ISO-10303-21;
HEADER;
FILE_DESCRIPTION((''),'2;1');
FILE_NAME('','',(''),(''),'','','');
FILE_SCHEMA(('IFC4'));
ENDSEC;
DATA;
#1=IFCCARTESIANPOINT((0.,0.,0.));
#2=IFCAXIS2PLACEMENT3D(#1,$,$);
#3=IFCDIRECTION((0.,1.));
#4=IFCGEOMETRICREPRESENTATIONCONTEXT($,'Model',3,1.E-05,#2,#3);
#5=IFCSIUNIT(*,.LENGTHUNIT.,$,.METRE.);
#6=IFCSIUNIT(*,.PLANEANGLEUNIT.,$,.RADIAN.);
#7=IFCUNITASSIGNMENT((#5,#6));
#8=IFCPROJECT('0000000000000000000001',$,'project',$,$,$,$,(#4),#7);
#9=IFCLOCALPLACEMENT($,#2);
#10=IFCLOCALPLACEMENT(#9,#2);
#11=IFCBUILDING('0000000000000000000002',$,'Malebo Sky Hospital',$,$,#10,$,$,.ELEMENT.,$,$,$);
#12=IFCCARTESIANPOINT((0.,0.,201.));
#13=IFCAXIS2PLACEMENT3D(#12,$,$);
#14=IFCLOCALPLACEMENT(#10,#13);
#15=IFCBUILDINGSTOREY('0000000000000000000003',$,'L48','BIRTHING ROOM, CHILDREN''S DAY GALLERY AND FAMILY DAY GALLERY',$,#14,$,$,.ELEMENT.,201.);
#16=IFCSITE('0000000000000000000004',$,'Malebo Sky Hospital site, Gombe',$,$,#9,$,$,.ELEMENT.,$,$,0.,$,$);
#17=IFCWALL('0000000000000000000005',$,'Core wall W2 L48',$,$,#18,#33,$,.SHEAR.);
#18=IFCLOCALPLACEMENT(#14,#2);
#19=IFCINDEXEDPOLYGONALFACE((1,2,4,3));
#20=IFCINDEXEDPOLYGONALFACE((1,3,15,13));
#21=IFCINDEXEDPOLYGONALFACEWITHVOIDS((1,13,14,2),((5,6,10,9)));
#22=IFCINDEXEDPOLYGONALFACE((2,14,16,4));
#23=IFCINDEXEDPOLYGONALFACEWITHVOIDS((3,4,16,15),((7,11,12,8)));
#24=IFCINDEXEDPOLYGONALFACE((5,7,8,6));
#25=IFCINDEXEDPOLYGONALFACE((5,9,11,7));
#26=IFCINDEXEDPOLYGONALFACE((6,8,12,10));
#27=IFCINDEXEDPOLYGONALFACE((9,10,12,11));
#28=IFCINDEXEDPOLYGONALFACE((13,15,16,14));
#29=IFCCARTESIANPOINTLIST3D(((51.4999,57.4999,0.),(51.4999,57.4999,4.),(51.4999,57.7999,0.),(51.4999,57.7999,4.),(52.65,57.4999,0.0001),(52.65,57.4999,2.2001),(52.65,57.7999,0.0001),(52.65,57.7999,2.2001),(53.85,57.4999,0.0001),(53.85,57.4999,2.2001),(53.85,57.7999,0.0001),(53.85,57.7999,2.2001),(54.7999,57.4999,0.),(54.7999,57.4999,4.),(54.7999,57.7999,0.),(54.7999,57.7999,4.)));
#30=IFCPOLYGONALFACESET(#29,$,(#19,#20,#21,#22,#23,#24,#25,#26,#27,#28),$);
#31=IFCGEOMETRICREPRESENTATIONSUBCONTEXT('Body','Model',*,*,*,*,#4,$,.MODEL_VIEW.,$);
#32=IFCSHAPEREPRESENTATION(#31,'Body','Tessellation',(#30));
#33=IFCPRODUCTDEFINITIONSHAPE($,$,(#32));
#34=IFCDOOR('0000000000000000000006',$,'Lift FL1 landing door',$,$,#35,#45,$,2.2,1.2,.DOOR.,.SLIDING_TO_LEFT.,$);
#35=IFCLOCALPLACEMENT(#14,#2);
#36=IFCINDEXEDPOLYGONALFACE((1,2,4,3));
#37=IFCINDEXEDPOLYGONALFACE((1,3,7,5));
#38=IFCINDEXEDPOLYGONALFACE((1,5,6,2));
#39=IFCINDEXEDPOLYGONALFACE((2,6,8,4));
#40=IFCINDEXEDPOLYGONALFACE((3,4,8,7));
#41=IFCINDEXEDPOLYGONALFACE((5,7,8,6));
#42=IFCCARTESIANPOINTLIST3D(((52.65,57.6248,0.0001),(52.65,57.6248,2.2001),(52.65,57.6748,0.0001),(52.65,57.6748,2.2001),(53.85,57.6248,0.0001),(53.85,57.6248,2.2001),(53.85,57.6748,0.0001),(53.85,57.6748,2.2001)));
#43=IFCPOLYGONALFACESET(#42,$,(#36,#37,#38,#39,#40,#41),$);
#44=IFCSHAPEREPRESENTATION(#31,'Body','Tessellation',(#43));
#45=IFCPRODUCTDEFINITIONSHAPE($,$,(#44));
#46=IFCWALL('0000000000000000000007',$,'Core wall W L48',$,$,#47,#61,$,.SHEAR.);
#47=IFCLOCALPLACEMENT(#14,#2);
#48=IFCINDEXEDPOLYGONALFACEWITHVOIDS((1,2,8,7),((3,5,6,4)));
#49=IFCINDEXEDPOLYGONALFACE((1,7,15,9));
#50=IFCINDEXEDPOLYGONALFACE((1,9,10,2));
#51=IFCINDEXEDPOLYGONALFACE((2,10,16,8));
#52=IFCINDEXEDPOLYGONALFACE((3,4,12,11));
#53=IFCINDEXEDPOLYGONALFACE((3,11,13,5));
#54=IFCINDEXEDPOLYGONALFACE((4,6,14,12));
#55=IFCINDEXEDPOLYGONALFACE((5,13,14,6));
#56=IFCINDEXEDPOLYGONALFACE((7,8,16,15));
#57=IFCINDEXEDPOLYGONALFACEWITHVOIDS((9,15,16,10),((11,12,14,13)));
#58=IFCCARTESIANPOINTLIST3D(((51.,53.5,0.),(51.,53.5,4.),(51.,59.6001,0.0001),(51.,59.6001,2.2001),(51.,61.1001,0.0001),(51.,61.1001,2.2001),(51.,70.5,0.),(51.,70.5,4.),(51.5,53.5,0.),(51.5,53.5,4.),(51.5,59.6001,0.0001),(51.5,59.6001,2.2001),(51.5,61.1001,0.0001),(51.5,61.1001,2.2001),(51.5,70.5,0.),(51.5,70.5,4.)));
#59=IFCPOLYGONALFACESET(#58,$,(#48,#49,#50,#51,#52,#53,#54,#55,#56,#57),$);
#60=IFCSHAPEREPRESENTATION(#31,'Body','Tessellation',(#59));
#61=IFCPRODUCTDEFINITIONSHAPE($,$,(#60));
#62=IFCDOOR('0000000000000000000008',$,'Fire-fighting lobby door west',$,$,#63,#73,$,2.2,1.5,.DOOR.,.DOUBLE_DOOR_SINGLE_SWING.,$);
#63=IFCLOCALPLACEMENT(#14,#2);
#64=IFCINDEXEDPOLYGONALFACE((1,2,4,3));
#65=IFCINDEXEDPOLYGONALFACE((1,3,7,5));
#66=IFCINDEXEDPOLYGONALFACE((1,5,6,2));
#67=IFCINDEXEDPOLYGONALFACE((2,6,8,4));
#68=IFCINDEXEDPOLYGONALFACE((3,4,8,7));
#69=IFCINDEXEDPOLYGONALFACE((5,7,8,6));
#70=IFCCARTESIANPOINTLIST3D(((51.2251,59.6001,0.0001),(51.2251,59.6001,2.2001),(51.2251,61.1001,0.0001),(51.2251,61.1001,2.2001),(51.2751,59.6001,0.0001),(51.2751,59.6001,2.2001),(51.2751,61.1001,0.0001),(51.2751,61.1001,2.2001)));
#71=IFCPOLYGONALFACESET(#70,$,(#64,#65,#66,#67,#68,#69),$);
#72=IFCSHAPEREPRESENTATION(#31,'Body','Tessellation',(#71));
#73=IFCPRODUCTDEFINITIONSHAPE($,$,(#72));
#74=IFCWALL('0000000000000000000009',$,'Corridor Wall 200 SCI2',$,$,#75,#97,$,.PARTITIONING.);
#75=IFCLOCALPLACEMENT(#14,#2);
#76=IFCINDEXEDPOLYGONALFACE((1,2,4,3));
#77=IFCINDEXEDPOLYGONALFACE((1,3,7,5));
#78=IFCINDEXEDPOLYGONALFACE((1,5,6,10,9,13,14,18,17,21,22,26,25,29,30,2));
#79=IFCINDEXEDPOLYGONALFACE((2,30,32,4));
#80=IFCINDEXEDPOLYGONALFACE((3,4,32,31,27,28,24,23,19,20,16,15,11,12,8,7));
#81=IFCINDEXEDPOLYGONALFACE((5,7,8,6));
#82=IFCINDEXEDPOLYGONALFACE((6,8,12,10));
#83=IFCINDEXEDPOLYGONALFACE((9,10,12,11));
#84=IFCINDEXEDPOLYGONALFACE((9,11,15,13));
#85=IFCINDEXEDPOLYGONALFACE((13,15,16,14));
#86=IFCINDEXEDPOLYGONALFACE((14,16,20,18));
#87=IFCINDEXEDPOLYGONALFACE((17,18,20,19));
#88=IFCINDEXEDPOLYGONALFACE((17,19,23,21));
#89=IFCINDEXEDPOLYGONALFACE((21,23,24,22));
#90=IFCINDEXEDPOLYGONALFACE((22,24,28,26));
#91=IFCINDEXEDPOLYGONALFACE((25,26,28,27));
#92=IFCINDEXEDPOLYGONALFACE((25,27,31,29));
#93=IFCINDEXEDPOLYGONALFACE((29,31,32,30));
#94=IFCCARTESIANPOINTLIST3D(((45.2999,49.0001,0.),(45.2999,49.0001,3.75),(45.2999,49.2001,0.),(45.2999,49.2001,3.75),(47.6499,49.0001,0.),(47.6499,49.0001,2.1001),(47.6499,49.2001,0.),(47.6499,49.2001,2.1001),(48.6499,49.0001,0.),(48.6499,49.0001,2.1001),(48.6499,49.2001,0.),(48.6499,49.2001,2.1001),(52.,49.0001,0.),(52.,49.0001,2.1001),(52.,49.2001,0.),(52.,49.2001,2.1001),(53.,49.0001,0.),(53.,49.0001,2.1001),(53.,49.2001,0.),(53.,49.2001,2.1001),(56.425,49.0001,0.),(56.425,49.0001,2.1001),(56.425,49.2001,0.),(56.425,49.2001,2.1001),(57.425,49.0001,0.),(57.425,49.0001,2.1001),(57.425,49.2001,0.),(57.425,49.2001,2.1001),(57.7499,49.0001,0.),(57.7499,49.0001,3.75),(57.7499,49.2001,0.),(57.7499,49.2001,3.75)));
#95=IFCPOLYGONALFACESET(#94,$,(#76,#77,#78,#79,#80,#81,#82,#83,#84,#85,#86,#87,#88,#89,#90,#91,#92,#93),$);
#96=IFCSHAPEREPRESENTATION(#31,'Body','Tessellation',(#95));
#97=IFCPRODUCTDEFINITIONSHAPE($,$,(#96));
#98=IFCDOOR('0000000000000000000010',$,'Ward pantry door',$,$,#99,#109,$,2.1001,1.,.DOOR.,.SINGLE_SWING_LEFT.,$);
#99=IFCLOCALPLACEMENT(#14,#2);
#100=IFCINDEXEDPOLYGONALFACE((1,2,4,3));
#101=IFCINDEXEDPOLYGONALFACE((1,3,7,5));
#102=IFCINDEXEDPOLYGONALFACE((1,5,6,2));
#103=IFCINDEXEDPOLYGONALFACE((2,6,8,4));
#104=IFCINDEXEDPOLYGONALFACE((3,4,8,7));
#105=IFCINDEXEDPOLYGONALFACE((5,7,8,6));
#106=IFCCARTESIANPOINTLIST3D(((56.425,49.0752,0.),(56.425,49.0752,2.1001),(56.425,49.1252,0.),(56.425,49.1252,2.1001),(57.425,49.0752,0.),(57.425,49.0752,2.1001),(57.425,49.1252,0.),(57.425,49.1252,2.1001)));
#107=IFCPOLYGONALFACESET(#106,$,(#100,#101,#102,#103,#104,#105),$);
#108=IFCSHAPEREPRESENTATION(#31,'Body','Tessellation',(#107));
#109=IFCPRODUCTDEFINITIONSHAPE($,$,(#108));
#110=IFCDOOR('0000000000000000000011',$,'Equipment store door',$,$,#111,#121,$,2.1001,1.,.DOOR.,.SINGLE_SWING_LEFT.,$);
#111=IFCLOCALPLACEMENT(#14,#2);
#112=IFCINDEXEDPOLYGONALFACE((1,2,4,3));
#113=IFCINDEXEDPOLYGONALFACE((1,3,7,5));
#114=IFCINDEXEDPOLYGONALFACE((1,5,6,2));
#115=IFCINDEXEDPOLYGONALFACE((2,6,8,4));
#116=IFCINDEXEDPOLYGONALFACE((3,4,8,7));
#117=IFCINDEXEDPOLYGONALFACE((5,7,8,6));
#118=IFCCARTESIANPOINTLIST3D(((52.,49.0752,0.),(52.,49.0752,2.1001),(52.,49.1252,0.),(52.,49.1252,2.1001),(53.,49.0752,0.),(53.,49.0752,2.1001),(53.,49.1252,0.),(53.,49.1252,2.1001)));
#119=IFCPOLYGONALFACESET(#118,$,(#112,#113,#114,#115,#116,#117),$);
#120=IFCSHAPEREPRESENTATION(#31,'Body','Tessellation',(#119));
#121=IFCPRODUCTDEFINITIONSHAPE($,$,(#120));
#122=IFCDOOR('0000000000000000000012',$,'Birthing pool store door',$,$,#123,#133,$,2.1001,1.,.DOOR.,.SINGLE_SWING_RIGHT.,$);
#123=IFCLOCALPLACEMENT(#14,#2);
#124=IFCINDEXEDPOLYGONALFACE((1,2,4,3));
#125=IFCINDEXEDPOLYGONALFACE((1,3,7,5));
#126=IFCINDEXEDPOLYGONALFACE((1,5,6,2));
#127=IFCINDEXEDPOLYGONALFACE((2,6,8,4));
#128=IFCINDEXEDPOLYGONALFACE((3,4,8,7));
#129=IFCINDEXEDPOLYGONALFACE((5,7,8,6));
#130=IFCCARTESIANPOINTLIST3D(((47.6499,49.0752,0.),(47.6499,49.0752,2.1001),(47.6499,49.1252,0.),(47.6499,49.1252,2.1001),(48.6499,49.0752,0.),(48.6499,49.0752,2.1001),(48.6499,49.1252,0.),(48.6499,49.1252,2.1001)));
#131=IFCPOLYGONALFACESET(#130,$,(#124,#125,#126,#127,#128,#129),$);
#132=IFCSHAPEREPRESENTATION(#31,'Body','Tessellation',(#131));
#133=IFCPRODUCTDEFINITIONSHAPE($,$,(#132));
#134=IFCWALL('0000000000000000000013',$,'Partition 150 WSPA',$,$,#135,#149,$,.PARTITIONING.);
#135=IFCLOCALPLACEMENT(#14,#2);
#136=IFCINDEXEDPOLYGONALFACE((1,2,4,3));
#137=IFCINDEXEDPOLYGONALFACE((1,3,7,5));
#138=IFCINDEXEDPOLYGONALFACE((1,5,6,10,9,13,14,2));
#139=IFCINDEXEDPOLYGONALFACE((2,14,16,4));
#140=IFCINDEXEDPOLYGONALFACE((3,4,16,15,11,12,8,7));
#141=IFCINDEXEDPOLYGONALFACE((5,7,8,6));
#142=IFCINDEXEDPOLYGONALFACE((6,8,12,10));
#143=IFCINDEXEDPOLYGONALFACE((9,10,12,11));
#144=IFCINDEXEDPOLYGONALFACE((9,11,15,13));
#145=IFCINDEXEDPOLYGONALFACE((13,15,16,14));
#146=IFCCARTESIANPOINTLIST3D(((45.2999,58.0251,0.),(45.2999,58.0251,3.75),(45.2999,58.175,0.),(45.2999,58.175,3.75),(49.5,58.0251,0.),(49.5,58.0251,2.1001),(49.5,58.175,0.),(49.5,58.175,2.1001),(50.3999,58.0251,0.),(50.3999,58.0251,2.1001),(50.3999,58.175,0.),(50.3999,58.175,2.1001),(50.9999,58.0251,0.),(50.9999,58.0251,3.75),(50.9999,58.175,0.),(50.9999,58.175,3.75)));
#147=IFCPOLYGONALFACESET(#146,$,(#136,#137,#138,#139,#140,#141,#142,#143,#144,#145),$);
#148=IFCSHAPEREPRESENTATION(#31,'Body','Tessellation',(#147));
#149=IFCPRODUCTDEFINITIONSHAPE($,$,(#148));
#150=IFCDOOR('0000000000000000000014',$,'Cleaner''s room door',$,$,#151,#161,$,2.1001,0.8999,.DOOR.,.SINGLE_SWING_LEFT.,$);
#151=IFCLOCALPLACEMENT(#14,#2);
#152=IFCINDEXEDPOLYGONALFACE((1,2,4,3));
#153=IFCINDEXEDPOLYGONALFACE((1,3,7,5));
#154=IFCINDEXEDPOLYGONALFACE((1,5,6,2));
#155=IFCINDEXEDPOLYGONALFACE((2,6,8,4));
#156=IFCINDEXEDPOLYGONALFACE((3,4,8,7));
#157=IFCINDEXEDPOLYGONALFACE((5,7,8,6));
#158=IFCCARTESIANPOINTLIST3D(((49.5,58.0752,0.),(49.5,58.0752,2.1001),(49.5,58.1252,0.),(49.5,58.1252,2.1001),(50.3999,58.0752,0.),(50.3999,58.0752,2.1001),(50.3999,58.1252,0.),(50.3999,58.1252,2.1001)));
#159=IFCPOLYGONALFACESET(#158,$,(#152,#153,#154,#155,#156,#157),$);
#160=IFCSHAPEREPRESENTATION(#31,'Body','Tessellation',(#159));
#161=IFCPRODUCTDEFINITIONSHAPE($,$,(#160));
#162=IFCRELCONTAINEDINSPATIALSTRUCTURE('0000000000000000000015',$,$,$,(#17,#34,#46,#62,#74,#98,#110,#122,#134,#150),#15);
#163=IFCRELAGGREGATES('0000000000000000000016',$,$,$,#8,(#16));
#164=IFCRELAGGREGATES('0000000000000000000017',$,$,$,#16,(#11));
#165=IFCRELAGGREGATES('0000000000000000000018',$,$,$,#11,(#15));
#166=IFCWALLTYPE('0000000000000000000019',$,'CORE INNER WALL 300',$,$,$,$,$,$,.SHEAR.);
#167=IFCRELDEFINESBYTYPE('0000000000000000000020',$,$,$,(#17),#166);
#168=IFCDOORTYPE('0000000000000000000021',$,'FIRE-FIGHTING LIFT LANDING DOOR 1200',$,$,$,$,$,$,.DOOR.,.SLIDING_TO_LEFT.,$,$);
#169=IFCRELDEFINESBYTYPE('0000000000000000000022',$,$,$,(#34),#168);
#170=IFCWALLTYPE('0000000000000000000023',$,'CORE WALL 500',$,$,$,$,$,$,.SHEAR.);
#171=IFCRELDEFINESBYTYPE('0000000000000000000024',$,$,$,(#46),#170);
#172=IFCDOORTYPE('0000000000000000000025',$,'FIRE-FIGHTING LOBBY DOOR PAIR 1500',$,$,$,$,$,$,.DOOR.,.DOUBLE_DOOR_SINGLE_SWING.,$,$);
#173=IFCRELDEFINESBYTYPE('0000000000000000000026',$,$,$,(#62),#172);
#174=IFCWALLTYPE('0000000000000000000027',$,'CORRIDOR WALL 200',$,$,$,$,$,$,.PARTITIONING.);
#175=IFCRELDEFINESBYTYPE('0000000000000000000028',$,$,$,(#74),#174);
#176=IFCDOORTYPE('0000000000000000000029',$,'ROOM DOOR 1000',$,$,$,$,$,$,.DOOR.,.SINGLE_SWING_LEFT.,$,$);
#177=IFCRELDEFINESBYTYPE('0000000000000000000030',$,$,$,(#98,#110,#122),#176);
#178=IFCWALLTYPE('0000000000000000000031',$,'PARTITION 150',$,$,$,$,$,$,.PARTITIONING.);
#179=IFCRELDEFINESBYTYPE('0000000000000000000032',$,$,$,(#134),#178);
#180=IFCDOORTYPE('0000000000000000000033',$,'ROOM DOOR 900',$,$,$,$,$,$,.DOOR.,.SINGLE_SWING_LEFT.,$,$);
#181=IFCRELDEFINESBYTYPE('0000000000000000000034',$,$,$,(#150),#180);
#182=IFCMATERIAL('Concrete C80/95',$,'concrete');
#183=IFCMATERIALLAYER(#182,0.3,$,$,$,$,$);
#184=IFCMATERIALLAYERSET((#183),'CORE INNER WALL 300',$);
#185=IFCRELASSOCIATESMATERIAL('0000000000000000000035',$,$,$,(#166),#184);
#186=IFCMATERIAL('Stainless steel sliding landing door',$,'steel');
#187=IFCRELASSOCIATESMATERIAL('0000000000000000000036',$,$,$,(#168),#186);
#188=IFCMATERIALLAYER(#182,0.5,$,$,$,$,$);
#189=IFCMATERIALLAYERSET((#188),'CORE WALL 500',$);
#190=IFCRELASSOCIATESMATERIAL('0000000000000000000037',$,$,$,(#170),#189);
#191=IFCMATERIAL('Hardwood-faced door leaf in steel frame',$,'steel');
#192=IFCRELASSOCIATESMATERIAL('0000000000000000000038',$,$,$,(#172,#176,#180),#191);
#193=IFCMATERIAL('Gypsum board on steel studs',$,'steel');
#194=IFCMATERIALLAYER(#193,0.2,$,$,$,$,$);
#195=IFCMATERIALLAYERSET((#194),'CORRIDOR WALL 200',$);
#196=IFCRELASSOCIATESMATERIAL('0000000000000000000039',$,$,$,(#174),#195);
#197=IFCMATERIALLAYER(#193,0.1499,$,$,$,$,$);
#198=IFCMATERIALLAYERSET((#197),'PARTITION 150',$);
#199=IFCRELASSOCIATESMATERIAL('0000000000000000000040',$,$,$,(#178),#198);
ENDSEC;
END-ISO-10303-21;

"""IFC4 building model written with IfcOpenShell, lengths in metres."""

from ifc_helpers import new_model, si_unit, direction, frame, frame_2d, origin, place, context, subcontext, project, spatial, rectangle, extrude, material, layer, layer_set, type_object, element, fill, save


model = new_model("IFC4")

# Units and contexts
model_context = context("Model", 3, precision=1e-05, world=origin(), true_north=direction((0.0, 1.0)))
body_context = subcontext(model_context, "Body", "Model", "MODEL_VIEW")
ifc_project = project(units=[si_unit("LENGTHUNIT", "METRE"), si_unit("PLANEANGLEUNIT", "RADIAN")], contexts=[model_context])

# Site, building, storey
site_placement = place(None, origin())
site = spatial("IfcSite", under=ifc_project, at=site_placement, Name="Malebo Sky Hospital site, Gombe", CompositionType="ELEMENT", RefElevation=0.0)
building_placement = place(site_placement, origin())
building = spatial("IfcBuilding", under=site, at=building_placement, Name="Malebo Sky Hospital", CompositionType="ELEMENT")
storey_placement = place(building_placement, frame((0.0, 0.0, 201.0)))
storey = spatial("IfcBuildingStorey", under=building, at=storey_placement, Name="L48", Description="BIRTHING ROOM, CHILDREN'S DAY GALLERY AND FAMILY DAY GALLERY", CompositionType="ELEMENT", Elevation=201.0)

# Shared definitions
ifc_material_1 = material(Name="Concrete C80/95", Category="concrete")
ifc_material_2 = material(Name="Hardwood-faced door leaf in steel frame", Category="steel")
ifc_material_3 = material(Name="Stainless steel sliding landing door", Category="steel")

# Shared definitions
ifc_layer_1 = layer(ifc_material_1, 0.3)
ifc_layer_set_1 = layer_set([ifc_layer_1], Name="CORE INNER WALL 300")
wall_type_1 = type_object("IfcWallType", Name="CORE INNER WALL 300", PredefinedType="SHEAR", material=ifc_layer_set_1)

# Walls, openings, doors
wall_1_placement = place(storey_placement, frame((51.5, 57.6499, 0.0), z_axis=(0.0, 0.0, 1.0), x_axis=(1.0, 0.0, 0.0)))
wall_1 = element("IfcWall", 1, at=wall_1_placement, inside=storey, type_object=wall_type_1, Name="Core wall W2 L48", PredefinedType="SHEAR", context=body_context, shape_type="SweptSolid", body=[
    extrude(rectangle(XDim=3.3, YDim=0.3, at=frame_2d((1.6499, 0.0))), origin(), (0.0, 0.0, 1.0), 4.0),
])
opening_1_placement = place(wall_1_placement, frame((1.1499, 0.0, 0.0)))
opening_1 = element("IfcOpeningElement", 2, at=opening_1_placement, cuts=wall_1, PredefinedType="OPENING", context=body_context, shape_type="SweptSolid", body=[
    extrude(rectangle(XDim=1.2, YDim=2.2, at=frame_2d((0.6001, 1.1001))), frame((0.0, 0.1599, 0.0), z_axis=(0.0, -1.0, 0.0), x_axis=(1.0, 0.0, 0.0)), (0.0, 0.0, 1.0), 0.3201),
])
door_type_1 = type_object("IfcDoorType", Name="FIRE-FIGHTING LIFT LANDING DOOR 1200", OperationType="SLIDING_TO_LEFT", PredefinedType="DOOR", material=ifc_material_3)
door_1_placement = place(opening_1_placement, origin())
door_1 = element("IfcDoor", 3, at=door_1_placement, inside=storey, type_object=door_type_1, Name="Lift FL1 landing door", OperationType="SLIDING_TO_LEFT", OverallHeight=2.2, OverallWidth=1.2, PredefinedType="DOOR", context=body_context, shape_type="SweptSolid", body=[
    extrude(rectangle(XDim=1.2, YDim=2.2, at=frame_2d((0.6001, 1.1001))), frame((0.0, 0.0249, 0.0), z_axis=(0.0, -1.0, 0.0), x_axis=(1.0, 0.0, 0.0)), (0.0, 0.0, 1.0), 0.05),
])
fill(opening_1, door_1)
ifc_layer_2 = layer(ifc_material_1, 0.5)
ifc_layer_set_2 = layer_set([ifc_layer_2], Name="CORE WALL 500")
wall_type_2 = type_object("IfcWallType", Name="CORE WALL 500", PredefinedType="SHEAR", material=ifc_layer_set_2)
wall_2_placement = place(storey_placement, frame((51.25, 53.5, 0.0), z_axis=(0.0, 0.0, 1.0), x_axis=(0.0, 1.0, 0.0)))
wall_2 = element("IfcWall", 4, at=wall_2_placement, inside=storey, type_object=wall_type_2, Name="Core wall W L48", PredefinedType="SHEAR", context=body_context, shape_type="SweptSolid", body=[
    extrude(rectangle(XDim=17.0, YDim=0.5, at=frame_2d((8.5, 0.0))), origin(), (0.0, 0.0, 1.0), 4.0),
])
opening_2_placement = place(wall_2_placement, frame((6.1001, 0.0, 0.0)))
opening_2 = element("IfcOpeningElement", 5, at=opening_2_placement, cuts=wall_2, PredefinedType="OPENING", context=body_context, shape_type="SweptSolid", body=[
    extrude(rectangle(XDim=1.5, YDim=2.2, at=frame_2d((0.75, 1.1001))), frame((0.0, 0.26, 0.0), z_axis=(0.0, -1.0, 0.0), x_axis=(1.0, 0.0, 0.0)), (0.0, 0.0, 1.0), 0.52),
])
door_type_2 = type_object("IfcDoorType", Name="FIRE-FIGHTING LOBBY DOOR PAIR 1500", OperationType="DOUBLE_DOOR_SINGLE_SWING", PredefinedType="DOOR", material=ifc_material_2)
door_2_placement = place(opening_2_placement, origin())
door_2 = element("IfcDoor", 6, at=door_2_placement, inside=storey, type_object=door_type_2, Name="Fire-fighting lobby door west", OperationType="DOUBLE_DOOR_SINGLE_SWING", OverallHeight=2.2, OverallWidth=1.5, PredefinedType="DOOR", context=body_context, shape_type="SweptSolid", body=[
    extrude(rectangle(XDim=1.5, YDim=2.2, at=frame_2d((0.75, 1.1001))), frame((0.0, 0.0249, 0.0), z_axis=(0.0, -1.0, 0.0), x_axis=(1.0, 0.0, 0.0)), (0.0, 0.0, 1.0), 0.05),
])
fill(opening_2, door_2)

# Wall, openings, doors
ifc_material_4 = material(Name="Gypsum board on steel studs", Category="steel")
ifc_layer_3 = layer(ifc_material_4, 0.2)
ifc_layer_set_3 = layer_set([ifc_layer_3], Name="CORRIDOR WALL 200")
wall_type_3 = type_object("IfcWallType", Name="CORRIDOR WALL 200", PredefinedType="PARTITIONING", material=ifc_layer_set_3)
wall_3_placement = place(storey_placement, frame((57.75, 49.1001, 0.0), z_axis=(0.0, 0.0, 1.0), x_axis=(-1.0, 0.0, 0.0)))
wall_3 = element("IfcWall", 7, at=wall_3_placement, inside=storey, type_object=wall_type_3, Name="Corridor Wall 200 SCI2", PredefinedType="PARTITIONING", context=body_context, shape_type="SweptSolid", body=[
    extrude(rectangle(XDim=12.45, YDim=0.2, at=frame_2d((6.2251, 0.0))), origin(), (0.0, 0.0, 1.0), 3.75),
])
opening_3_placement = place(wall_3_placement, frame((0.325, 0.0, 0.0)))
opening_3 = element("IfcOpeningElement", 8, at=opening_3_placement, cuts=wall_3, PredefinedType="OPENING", context=body_context, shape_type="SweptSolid", body=[
    extrude(rectangle(XDim=1.0, YDim=2.1001, at=frame_2d((0.5, 1.05))), frame((0.0, 0.1099, 0.0), z_axis=(0.0, -1.0, 0.0), x_axis=(1.0, 0.0, 0.0)), (0.0, 0.0, 1.0), 0.22),
])
opening_4_placement = place(wall_3_placement, frame((4.75, 0.0, 0.0)))
opening_4 = element("IfcOpeningElement", 9, at=opening_4_placement, cuts=wall_3, PredefinedType="OPENING", context=body_context, shape_type="SweptSolid", body=[
    extrude(rectangle(XDim=1.0, YDim=2.1001, at=frame_2d((0.5, 1.05))), frame((0.0, 0.1099, 0.0), z_axis=(0.0, -1.0, 0.0), x_axis=(1.0, 0.0, 0.0)), (0.0, 0.0, 1.0), 0.22),
])
opening_5_placement = place(wall_3_placement, frame((9.1001, 0.0, 0.0)))
opening_5 = element("IfcOpeningElement", 10, at=opening_5_placement, cuts=wall_3, PredefinedType="OPENING", context=body_context, shape_type="SweptSolid", body=[
    extrude(rectangle(XDim=1.0, YDim=2.1001, at=frame_2d((0.5, 1.05))), frame((0.0, 0.1099, 0.0), z_axis=(0.0, -1.0, 0.0), x_axis=(1.0, 0.0, 0.0)), (0.0, 0.0, 1.0), 0.22),
])
door_type_3 = type_object("IfcDoorType", Name="ROOM DOOR 1000", OperationType="SINGLE_SWING_LEFT", PredefinedType="DOOR", material=ifc_material_2)
door_3_placement = place(opening_3_placement, origin())
door_3 = element("IfcDoor", 11, at=door_3_placement, inside=storey, type_object=door_type_3, Name="Ward pantry door", OperationType="SINGLE_SWING_LEFT", OverallHeight=2.1001, OverallWidth=1.0, PredefinedType="DOOR", context=body_context, shape_type="SweptSolid", body=[
    extrude(rectangle(XDim=1.0, YDim=2.1001, at=frame_2d((0.5, 1.05))), frame((0.0, 0.0249, 0.0), z_axis=(0.0, -1.0, 0.0), x_axis=(1.0, 0.0, 0.0)), (0.0, 0.0, 1.0), 0.05),
])
fill(opening_3, door_3)
door_4_placement = place(opening_4_placement, origin())
door_4 = element("IfcDoor", 12, at=door_4_placement, inside=storey, type_object=door_type_3, Name="Equipment store door", OperationType="SINGLE_SWING_LEFT", OverallHeight=2.1001, OverallWidth=1.0, PredefinedType="DOOR", context=body_context, shape_type="SweptSolid", body=[
    extrude(rectangle(XDim=1.0, YDim=2.1001, at=frame_2d((0.5, 1.05))), frame((0.0, 0.0249, 0.0), z_axis=(0.0, -1.0, 0.0), x_axis=(1.0, 0.0, 0.0)), (0.0, 0.0, 1.0), 0.05),
])
fill(opening_4, door_4)
door_5_placement = place(opening_5_placement, origin())
door_5 = element("IfcDoor", 13, at=door_5_placement, inside=storey, type_object=door_type_3, Name="Birthing pool store door", OperationType="SINGLE_SWING_RIGHT", OverallHeight=2.1001, OverallWidth=1.0, PredefinedType="DOOR", context=body_context, shape_type="SweptSolid", body=[
    extrude(rectangle(XDim=1.0, YDim=2.1001, at=frame_2d((0.5, 1.05))), frame((0.0, 0.0249, 0.0), z_axis=(0.0, -1.0, 0.0), x_axis=(1.0, 0.0, 0.0)), (0.0, 0.0, 1.0), 0.05),
])
fill(opening_5, door_5)

# Wall, opening, door
ifc_layer_4 = layer(ifc_material_4, 0.1499)
ifc_layer_set_4 = layer_set([ifc_layer_4], Name="PARTITION 150")
wall_type_4 = type_object("IfcWallType", Name="PARTITION 150", PredefinedType="PARTITIONING", material=ifc_layer_set_4)
wall_4_placement = place(storey_placement, frame((51.0, 58.1001, 0.0), z_axis=(0.0, 0.0, 1.0), x_axis=(-1.0, 0.0, 0.0)))
wall_4 = element("IfcWall", 14, at=wall_4_placement, inside=storey, type_object=wall_type_4, Name="Partition 150 WSPA", PredefinedType="PARTITIONING", context=body_context, shape_type="SweptSolid", body=[
    extrude(rectangle(XDim=5.7, YDim=0.1499, at=frame_2d((2.8501, 0.0))), origin(), (0.0, 0.0, 1.0), 3.75),
])
opening_6_placement = place(wall_4_placement, frame((0.6001, 0.0, 0.0)))
opening_6 = element("IfcOpeningElement", 15, at=opening_6_placement, cuts=wall_4, PredefinedType="OPENING", context=body_context, shape_type="SweptSolid", body=[
    extrude(rectangle(XDim=0.8999, YDim=2.1001, at=frame_2d((0.45, 1.05))), frame((0.0, 0.085, 0.0), z_axis=(0.0, -1.0, 0.0), x_axis=(1.0, 0.0, 0.0)), (0.0, 0.0, 1.0), 0.1699),
])
door_type_4 = type_object("IfcDoorType", Name="ROOM DOOR 900", OperationType="SINGLE_SWING_LEFT", PredefinedType="DOOR", material=ifc_material_2)
door_6_placement = place(opening_6_placement, origin())
door_6 = element("IfcDoor", 16, at=door_6_placement, inside=storey, type_object=door_type_4, Name="Cleaner's room door", OperationType="SINGLE_SWING_LEFT", OverallHeight=2.1001, OverallWidth=0.8999, PredefinedType="DOOR", context=body_context, shape_type="SweptSolid", body=[
    extrude(rectangle(XDim=0.8999, YDim=2.1001, at=frame_2d((0.45, 1.05))), frame((0.0, 0.0249, 0.0), z_axis=(0.0, -1.0, 0.0), x_axis=(1.0, 0.0, 0.0)), (0.0, 0.0, 1.0), 0.05),
])
fill(opening_6, door_6)

save(model, "model.ifc")
